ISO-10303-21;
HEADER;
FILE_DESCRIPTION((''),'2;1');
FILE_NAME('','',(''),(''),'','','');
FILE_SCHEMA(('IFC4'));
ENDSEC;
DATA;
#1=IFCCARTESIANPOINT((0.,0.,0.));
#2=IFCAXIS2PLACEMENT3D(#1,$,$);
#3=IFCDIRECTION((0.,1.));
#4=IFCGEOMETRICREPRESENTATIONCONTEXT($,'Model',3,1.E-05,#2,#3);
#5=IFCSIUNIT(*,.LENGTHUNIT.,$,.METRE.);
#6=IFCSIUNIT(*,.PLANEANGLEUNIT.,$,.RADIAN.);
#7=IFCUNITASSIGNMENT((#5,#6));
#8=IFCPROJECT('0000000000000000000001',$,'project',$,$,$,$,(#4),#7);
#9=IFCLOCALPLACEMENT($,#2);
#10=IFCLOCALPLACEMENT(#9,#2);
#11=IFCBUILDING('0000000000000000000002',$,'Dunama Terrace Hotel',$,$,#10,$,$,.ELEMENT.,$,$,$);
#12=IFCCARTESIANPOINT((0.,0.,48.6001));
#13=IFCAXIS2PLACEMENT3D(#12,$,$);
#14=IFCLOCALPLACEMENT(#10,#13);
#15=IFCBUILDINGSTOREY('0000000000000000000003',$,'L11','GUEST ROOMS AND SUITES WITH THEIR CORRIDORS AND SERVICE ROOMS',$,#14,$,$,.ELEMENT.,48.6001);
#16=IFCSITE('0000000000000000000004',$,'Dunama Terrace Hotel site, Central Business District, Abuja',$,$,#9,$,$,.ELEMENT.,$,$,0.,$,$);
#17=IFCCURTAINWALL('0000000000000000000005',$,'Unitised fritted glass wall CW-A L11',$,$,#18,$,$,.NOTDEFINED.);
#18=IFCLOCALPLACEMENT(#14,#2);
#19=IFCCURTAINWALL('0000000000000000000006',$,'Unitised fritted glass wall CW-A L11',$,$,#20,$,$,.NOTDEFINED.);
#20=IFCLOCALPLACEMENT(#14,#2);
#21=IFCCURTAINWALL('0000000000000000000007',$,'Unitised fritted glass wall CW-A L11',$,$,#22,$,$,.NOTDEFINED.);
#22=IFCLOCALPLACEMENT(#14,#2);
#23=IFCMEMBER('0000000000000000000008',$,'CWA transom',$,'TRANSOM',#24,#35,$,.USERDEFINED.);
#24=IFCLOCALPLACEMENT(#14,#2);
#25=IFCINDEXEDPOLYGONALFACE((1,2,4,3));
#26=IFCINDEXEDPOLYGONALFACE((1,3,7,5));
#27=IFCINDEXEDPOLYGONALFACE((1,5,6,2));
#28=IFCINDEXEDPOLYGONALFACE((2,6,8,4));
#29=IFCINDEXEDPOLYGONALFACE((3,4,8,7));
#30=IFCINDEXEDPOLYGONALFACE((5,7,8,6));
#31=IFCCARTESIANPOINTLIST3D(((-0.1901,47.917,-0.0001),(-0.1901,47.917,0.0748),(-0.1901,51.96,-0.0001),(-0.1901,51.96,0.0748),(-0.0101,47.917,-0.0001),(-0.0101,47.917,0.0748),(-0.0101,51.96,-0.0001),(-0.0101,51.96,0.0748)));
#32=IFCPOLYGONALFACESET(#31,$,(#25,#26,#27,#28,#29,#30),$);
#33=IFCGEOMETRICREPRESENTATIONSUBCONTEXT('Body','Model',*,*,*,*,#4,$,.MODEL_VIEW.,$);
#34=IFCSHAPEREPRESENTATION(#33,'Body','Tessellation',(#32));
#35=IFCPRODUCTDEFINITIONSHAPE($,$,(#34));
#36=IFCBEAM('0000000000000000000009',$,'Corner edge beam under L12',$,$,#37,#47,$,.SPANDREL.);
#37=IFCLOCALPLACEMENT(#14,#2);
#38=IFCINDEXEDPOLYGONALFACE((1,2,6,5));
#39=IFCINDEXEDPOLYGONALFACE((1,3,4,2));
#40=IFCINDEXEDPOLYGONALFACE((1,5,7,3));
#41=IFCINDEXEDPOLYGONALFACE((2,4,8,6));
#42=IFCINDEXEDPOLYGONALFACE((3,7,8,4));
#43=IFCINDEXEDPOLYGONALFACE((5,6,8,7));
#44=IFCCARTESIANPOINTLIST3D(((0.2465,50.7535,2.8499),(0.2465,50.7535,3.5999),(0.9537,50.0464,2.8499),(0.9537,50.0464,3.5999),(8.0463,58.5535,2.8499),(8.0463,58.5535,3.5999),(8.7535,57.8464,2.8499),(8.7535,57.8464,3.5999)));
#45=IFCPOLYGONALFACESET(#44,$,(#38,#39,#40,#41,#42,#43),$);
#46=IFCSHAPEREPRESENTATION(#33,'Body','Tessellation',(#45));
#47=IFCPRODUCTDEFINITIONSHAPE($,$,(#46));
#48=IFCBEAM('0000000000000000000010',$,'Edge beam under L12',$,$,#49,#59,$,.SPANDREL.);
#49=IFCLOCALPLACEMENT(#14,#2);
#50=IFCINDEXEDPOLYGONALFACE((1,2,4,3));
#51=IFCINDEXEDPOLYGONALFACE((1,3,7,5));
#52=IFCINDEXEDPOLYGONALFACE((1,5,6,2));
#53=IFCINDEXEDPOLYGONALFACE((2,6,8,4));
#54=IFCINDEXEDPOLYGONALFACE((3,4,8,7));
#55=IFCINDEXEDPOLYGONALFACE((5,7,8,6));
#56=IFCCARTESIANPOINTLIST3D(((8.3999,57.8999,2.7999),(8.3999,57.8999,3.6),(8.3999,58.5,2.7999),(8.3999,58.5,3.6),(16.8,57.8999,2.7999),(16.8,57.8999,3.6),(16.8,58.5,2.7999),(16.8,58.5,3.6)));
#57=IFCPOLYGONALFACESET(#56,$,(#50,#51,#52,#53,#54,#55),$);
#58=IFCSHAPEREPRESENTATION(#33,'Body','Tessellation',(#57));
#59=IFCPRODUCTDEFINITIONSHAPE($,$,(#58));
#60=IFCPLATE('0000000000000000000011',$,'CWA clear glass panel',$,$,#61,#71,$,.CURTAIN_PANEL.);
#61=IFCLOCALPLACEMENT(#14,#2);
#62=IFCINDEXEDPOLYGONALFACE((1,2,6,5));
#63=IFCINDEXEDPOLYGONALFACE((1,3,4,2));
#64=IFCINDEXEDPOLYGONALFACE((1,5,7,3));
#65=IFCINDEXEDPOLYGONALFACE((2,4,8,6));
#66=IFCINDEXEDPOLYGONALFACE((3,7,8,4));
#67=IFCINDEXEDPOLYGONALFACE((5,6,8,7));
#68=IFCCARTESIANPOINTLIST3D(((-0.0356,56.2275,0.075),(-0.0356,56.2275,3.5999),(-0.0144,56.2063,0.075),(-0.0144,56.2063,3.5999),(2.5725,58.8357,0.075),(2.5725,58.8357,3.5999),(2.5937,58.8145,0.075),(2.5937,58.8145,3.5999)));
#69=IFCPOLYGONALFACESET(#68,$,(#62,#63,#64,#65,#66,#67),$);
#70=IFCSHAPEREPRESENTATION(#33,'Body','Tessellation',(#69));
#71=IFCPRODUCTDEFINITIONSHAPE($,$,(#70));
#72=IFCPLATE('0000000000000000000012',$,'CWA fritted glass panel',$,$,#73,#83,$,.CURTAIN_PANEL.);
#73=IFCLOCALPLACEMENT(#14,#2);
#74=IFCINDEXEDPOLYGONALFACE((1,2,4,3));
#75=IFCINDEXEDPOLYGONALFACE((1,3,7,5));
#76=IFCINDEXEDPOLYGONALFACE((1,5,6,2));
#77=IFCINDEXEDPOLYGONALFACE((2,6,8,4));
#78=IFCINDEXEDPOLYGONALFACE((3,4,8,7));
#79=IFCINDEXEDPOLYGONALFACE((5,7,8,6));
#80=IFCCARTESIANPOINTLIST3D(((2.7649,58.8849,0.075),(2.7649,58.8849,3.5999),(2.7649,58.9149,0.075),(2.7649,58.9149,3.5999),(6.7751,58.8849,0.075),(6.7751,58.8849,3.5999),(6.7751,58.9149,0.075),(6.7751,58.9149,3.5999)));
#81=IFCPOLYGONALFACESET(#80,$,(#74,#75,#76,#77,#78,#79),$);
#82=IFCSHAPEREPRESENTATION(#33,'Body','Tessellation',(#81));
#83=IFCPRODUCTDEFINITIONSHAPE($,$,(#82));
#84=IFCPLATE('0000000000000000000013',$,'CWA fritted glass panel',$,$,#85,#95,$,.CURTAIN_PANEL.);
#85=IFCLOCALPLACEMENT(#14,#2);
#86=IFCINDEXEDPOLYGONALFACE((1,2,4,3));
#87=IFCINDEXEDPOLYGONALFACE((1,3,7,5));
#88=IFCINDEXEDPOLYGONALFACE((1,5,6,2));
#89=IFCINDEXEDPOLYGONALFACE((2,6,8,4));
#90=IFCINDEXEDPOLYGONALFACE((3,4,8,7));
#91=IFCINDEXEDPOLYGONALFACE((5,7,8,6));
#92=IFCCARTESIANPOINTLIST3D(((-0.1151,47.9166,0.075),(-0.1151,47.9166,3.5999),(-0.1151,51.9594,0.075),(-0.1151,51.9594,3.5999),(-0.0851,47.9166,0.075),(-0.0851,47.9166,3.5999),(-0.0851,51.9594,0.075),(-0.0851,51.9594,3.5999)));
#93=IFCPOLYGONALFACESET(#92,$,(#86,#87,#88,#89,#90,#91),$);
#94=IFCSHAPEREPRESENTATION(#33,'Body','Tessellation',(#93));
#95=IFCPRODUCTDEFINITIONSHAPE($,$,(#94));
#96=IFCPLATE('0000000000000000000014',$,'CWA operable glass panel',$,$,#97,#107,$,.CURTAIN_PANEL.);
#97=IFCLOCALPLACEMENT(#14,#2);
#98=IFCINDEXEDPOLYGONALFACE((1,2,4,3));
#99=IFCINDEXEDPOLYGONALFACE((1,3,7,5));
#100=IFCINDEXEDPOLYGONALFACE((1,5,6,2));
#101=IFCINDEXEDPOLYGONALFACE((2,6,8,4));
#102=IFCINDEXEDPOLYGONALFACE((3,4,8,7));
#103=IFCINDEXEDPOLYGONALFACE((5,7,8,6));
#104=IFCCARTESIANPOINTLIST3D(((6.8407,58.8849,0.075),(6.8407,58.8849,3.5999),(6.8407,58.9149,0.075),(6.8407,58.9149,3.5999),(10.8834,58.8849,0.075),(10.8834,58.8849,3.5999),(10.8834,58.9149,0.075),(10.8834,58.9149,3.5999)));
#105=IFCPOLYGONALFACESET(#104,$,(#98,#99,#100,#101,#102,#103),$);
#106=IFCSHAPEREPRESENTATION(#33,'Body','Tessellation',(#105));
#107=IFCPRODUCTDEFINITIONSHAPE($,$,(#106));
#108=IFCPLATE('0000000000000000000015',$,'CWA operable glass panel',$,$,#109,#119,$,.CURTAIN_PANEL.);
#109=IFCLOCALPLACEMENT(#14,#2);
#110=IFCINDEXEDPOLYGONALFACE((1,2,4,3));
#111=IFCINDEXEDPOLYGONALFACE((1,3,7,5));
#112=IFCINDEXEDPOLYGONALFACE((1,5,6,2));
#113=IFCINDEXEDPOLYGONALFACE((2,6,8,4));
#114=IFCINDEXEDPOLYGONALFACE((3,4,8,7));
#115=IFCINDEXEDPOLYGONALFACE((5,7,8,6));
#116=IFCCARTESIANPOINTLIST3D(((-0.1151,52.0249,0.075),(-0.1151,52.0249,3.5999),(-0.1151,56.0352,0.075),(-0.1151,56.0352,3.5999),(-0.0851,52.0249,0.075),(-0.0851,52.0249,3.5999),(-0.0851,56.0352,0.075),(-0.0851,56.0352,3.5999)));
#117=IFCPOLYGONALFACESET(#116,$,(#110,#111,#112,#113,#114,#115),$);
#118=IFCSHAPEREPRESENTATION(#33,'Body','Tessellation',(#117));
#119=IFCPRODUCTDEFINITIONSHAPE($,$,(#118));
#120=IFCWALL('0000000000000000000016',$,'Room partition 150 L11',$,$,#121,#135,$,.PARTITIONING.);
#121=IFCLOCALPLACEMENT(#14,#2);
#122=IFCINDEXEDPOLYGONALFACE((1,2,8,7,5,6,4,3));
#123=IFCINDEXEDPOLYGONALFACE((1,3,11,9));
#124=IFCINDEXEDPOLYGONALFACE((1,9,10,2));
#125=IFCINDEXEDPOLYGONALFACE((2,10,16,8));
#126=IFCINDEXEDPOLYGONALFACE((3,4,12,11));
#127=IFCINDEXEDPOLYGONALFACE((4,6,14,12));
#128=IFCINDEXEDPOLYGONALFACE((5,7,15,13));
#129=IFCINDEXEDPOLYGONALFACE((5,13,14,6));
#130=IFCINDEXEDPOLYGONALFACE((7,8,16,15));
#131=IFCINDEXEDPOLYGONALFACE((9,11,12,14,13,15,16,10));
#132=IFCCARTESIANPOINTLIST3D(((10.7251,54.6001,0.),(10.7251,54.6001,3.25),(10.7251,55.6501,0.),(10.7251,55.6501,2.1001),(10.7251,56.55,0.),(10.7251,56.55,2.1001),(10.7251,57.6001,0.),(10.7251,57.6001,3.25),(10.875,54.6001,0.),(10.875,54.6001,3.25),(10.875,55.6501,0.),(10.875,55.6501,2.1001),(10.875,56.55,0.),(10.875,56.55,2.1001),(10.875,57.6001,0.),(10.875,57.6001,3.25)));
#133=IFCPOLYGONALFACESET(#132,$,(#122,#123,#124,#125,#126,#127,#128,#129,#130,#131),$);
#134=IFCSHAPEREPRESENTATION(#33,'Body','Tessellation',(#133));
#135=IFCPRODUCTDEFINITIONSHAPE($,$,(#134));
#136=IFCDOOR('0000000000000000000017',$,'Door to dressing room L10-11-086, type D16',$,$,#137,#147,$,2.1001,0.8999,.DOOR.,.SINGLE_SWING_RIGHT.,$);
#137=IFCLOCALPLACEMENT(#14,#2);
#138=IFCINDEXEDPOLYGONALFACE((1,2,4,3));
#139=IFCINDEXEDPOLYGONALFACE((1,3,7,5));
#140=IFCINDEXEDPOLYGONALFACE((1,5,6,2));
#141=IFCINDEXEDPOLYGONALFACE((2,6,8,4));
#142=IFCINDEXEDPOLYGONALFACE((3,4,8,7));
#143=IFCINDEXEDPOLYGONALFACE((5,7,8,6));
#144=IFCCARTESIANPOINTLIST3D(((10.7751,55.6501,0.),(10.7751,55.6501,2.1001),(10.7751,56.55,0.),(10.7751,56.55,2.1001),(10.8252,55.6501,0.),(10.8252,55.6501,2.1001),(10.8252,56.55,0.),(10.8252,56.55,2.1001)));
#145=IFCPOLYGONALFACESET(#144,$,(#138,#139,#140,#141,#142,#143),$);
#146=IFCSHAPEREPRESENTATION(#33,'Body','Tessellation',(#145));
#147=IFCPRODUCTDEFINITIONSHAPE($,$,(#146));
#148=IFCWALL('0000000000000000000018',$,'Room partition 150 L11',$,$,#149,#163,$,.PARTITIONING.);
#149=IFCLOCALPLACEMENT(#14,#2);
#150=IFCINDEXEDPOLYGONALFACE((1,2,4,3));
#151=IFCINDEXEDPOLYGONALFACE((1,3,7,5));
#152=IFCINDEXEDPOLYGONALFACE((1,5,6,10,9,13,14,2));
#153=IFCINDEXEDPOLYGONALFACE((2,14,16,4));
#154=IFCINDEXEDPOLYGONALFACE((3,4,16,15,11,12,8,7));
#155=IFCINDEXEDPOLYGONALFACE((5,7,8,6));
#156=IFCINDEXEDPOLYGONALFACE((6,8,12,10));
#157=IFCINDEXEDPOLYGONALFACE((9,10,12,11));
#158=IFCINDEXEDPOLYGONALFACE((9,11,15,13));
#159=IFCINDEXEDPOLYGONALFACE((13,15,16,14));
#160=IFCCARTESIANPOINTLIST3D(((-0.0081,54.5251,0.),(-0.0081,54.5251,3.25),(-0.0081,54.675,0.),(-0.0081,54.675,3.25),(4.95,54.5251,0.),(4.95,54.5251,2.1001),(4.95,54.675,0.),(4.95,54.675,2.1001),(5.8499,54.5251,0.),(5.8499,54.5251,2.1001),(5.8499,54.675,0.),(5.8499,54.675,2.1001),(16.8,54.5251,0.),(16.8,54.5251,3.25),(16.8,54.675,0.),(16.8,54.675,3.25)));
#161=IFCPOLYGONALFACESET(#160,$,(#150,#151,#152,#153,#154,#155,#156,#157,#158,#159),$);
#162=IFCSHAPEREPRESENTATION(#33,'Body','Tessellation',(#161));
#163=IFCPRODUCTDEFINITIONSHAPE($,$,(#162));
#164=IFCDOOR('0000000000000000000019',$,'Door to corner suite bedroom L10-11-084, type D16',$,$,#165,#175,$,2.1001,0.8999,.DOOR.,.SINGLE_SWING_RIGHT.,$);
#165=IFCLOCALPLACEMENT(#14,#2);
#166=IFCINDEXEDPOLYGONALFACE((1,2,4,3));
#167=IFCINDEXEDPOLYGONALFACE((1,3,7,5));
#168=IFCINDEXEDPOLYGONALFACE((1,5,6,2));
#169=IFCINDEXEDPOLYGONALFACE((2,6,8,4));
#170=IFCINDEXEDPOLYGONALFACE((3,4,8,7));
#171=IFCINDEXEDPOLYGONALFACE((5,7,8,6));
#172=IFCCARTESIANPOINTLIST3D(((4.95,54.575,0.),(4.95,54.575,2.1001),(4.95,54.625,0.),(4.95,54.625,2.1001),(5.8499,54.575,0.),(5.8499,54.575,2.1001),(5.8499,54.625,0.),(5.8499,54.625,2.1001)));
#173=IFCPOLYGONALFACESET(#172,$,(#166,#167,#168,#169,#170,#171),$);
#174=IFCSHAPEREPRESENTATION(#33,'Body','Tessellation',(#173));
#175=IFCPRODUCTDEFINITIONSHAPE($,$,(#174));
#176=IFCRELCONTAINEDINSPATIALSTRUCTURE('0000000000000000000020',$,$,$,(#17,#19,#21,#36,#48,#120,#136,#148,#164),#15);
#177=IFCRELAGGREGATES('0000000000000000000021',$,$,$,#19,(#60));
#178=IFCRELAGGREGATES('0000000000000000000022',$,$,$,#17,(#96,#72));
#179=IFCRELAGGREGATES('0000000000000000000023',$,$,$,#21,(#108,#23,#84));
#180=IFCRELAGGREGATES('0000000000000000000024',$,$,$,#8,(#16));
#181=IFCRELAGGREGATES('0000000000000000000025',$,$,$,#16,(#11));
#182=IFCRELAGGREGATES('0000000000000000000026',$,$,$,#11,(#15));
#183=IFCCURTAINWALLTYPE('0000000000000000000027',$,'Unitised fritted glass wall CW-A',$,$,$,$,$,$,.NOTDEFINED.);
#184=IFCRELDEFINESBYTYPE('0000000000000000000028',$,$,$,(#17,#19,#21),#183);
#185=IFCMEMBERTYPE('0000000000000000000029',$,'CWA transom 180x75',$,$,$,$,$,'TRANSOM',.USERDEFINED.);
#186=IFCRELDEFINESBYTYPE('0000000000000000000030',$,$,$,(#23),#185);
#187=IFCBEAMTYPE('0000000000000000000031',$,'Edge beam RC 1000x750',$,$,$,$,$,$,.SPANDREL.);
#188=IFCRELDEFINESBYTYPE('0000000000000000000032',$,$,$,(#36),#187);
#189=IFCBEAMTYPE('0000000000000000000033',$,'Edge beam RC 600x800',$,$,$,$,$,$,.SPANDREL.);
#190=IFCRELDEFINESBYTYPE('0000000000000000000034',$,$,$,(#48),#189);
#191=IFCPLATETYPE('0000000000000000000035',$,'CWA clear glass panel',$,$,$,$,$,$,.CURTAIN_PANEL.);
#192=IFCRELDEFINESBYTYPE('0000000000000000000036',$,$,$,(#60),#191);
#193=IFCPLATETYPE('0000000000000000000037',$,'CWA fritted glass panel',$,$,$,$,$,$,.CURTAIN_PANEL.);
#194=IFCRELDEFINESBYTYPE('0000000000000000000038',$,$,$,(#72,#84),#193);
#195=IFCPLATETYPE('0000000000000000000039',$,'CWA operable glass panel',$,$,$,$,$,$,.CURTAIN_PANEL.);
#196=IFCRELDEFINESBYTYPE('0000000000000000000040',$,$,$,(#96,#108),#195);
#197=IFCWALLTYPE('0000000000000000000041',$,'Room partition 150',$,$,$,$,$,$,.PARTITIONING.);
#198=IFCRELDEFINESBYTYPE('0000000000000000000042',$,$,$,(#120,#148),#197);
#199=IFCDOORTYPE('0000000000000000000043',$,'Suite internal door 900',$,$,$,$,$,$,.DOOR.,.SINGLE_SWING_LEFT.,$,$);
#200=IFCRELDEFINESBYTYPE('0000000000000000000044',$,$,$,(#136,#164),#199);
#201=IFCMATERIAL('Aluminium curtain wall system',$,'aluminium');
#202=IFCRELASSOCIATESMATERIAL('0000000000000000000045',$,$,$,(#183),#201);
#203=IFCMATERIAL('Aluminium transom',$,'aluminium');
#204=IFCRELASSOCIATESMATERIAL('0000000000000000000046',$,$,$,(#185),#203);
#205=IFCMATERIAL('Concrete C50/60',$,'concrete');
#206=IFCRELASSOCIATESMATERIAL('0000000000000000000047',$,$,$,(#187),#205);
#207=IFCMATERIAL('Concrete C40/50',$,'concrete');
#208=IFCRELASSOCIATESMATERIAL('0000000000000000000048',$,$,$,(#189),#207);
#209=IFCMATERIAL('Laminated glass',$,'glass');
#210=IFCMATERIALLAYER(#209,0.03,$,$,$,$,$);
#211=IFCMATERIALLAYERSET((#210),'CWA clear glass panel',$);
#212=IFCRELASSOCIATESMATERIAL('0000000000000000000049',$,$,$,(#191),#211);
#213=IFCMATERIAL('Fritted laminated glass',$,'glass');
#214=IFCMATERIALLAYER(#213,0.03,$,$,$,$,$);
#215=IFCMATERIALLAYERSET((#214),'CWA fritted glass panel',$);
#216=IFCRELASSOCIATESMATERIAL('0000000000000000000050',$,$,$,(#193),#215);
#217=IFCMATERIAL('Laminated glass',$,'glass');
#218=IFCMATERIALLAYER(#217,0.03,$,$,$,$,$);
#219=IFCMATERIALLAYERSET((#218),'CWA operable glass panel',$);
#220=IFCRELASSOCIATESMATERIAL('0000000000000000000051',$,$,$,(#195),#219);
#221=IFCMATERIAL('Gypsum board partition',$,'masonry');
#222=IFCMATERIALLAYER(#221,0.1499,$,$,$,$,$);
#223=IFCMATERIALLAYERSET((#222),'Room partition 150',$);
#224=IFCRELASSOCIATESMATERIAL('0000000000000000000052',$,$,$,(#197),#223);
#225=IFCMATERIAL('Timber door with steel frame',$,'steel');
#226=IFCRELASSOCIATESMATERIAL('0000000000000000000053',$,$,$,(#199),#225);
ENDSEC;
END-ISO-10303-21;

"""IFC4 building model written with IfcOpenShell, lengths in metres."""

from ifc_helpers import new_model, si_unit, direction, frame, frame_2d, origin, origin_2d, place, context, subcontext, project, spatial, rectangle, extrude, material, layer, layer_set, material_profile, profile_set, type_object, element, fill, aggregate, save


model = new_model("IFC4")

# Units and contexts
model_context = context("Model", 3, precision=1e-05, world=origin(), true_north=direction((0.0, 1.0)))
body_context = subcontext(model_context, "Body", "Model", "MODEL_VIEW")
ifc_project = project(units=[si_unit("LENGTHUNIT", "METRE"), si_unit("PLANEANGLEUNIT", "RADIAN")], contexts=[model_context])

# Site, building, storey
site_placement = place(None, origin())
site = spatial("IfcSite", under=ifc_project, at=site_placement, Name="Dunama Terrace Hotel site, Central Business District, Abuja", CompositionType="ELEMENT", RefElevation=0.0)
building_placement = place(site_placement, origin())
building = spatial("IfcBuilding", under=site, at=building_placement, Name="Dunama Terrace Hotel", CompositionType="ELEMENT")
storey_placement = place(building_placement, frame((0.0, 0.0, 48.6001)))
storey = spatial("IfcBuildingStorey", under=building, at=storey_placement, Name="L11", Description="GUEST ROOMS AND SUITES WITH THEIR CORRIDORS AND SERVICE ROOMS", CompositionType="ELEMENT", Elevation=48.6001)

# Curtain walls
ifc_material_1 = material(Name="Aluminium curtain wall system", Category="aluminium")
curtain_wall_type = type_object("IfcCurtainWallType", Name="Unitised fritted glass wall CW-A", PredefinedType="NOTDEFINED", material=ifc_material_1)
curtain_wall_1_placement = place(storey_placement, origin())
curtain_wall_1 = element("IfcCurtainWall", 1, at=curtain_wall_1_placement, inside=storey, type_object=curtain_wall_type, Name="Unitised fritted glass wall CW-A L11", PredefinedType="NOTDEFINED")
curtain_wall_2_placement = place(storey_placement, origin())
curtain_wall_2 = element("IfcCurtainWall", 2, at=curtain_wall_2_placement, inside=storey, type_object=curtain_wall_type, Name="Unitised fritted glass wall CW-A L11", PredefinedType="NOTDEFINED")
curtain_wall_3_placement = place(storey_placement, origin())
curtain_wall_3 = element("IfcCurtainWall", 3, at=curtain_wall_3_placement, inside=storey, type_object=curtain_wall_type, Name="Unitised fritted glass wall CW-A L11", PredefinedType="NOTDEFINED")

# Member
ifc_material_2 = material(Name="Aluminium transom", Category="aluminium")
ifc_material_profile_1 = material_profile(ifc_material_2, rectangle(XDim=0.1799, YDim=0.075, at=origin_2d()), Name="CWA TRANSOM 180X75")
ifc_profile_set_1 = profile_set([ifc_material_profile_1], Name="Aluminium transom")
member_type_1 = type_object("IfcMemberType", Name="CWA transom 180x75", ElementType="TRANSOM", PredefinedType="USERDEFINED", material=ifc_profile_set_1)
member_1_placement = place(storey_placement, frame((-0.1001, 51.96, 0.0374), z_axis=(0.0, -1.0, 0.0), x_axis=(1.0, 0.0, 0.0)))
member_1 = element("IfcMember", 4, at=member_1_placement, type_object=member_type_1, Name="CWA transom", ObjectType="TRANSOM", PredefinedType="USERDEFINED", context=body_context, shape_type="SweptSolid", body=[
    extrude(rectangle(XDim=0.1799, YDim=0.075, at=origin_2d()), origin(), (0.0, 0.0, 1.0), 4.043),
])

# Beams
ifc_material_3 = material(Name="Concrete C50/60", Category="concrete")
ifc_material_profile_2 = material_profile(ifc_material_3, rectangle(XDim=1.0, YDim=0.75, at=origin_2d()), Name="RC 1000x750")
ifc_profile_set_2 = profile_set([ifc_material_profile_2], Name="Concrete C50/60")
beam_type_1 = type_object("IfcBeamType", Name="Edge beam RC 1000x750", PredefinedType="SPANDREL", material=ifc_profile_set_2)
beam_1_placement = place(storey_placement, frame((8.3999, 58.2, 3.2249), z_axis=(-0.707096, -0.707118, 0.0), x_axis=(0.707118, -0.707096, 0.0)))
element("IfcBeam", 5, at=beam_1_placement, inside=storey, type_object=beam_type_1, Name="Corner edge beam under L12", PredefinedType="SPANDREL", context=body_context, shape_type="SweptSolid", body=[
    extrude(rectangle(XDim=1.0, YDim=0.75, at=origin_2d()), origin(), (0.0, 0.0, 1.0), 11.0308),
])
ifc_material_4 = material(Name="Concrete C40/50", Category="concrete")
ifc_material_profile_3 = material_profile(ifc_material_4, rectangle(XDim=0.6001, YDim=0.8, at=origin_2d()), Name="RC 600x800")
ifc_profile_set_3 = profile_set([ifc_material_profile_3], Name="Concrete C40/50")
beam_type_2 = type_object("IfcBeamType", Name="Edge beam RC 600x800", PredefinedType="SPANDREL", material=ifc_profile_set_3)
beam_2_placement = place(storey_placement, frame((8.3999, 58.2, 3.2), z_axis=(1.0, 0.0, 0.0), x_axis=(0.0, 1.0, 0.0)))
element("IfcBeam", 6, at=beam_2_placement, inside=storey, type_object=beam_type_2, Name="Edge beam under L12", PredefinedType="SPANDREL", context=body_context, shape_type="SweptSolid", body=[
    extrude(rectangle(XDim=0.6001, YDim=0.8, at=origin_2d()), origin(), (0.0, 0.0, 1.0), 8.4001),
])

# Plates
ifc_material_5 = material(Name="Laminated glass", Category="glass")
ifc_layer_1 = layer(ifc_material_5, 0.03)
ifc_layer_set_1 = layer_set([ifc_layer_1], Name="CWA clear glass panel")
plate_type_1 = type_object("IfcPlateType", Name="CWA clear glass panel", PredefinedType="CURTAIN_PANEL", material=ifc_layer_set_1)
plate_1_placement = place(storey_placement, frame((1.2791, 57.521, 0.075), z_axis=(0.0, 0.0, 1.0), x_axis=(-0.707107, -0.707107, 0.0)))
plate_1 = element("IfcPlate", 7, at=plate_1_placement, type_object=plate_type_1, Name="CWA clear glass panel", PredefinedType="CURTAIN_PANEL", context=body_context, shape_type="SweptSolid", body=[
    extrude(rectangle(XDim=3.6885, YDim=0.03, at=origin_2d()), origin(), (0.0, 0.0, 1.0), 3.5249),
])
aggregate(curtain_wall_2, [plate_1])
ifc_material_6 = material(Name="Fritted laminated glass", Category="glass")
ifc_layer_2 = layer(ifc_material_6, 0.03)
ifc_layer_set_2 = layer_set([ifc_layer_2], Name="CWA fritted glass panel")
plate_type_2 = type_object("IfcPlateType", Name="CWA fritted glass panel", PredefinedType="CURTAIN_PANEL", material=ifc_layer_set_2)
plate_2_placement = place(storey_placement, frame((4.77, 58.8999, 0.075), z_axis=(0.0, 0.0, 1.0), x_axis=(-1.0, 0.0, 0.0)))
plate_2 = element("IfcPlate", 8, at=plate_2_placement, type_object=plate_type_2, Name="CWA fritted glass panel", PredefinedType="CURTAIN_PANEL", context=body_context, shape_type="SweptSolid", body=[
    extrude(rectangle(XDim=4.0103, YDim=0.03, at=origin_2d()), origin(), (0.0, 0.0, 1.0), 3.5249),
])
plate_3_placement = place(storey_placement, frame((-0.1001, 49.938, 0.075), z_axis=(0.0, 0.0, 1.0), x_axis=(0.0, -1.0, 0.0)))
plate_3 = element("IfcPlate", 9, at=plate_3_placement, type_object=plate_type_2, Name="CWA fritted glass panel", PredefinedType="CURTAIN_PANEL", context=body_context, shape_type="SweptSolid", body=[
    extrude(rectangle(XDim=4.0427, YDim=0.03, at=origin_2d()), origin(), (0.0, 0.0, 1.0), 3.5249),
])
ifc_material_7 = material(Name="Laminated glass", Category="glass")
ifc_layer_3 = layer(ifc_material_7, 0.03)
ifc_layer_set_3 = layer_set([ifc_layer_3], Name="CWA operable glass panel")
plate_type_3 = type_object("IfcPlateType", Name="CWA operable glass panel", PredefinedType="CURTAIN_PANEL", material=ifc_layer_set_3)
plate_4_placement = place(storey_placement, frame((8.8621, 58.8999, 0.075), z_axis=(0.0, 0.0, 1.0), x_axis=(-1.0, 0.0, 0.0)))
plate_4 = element("IfcPlate", 10, at=plate_4_placement, type_object=plate_type_3, Name="CWA operable glass panel", PredefinedType="CURTAIN_PANEL", context=body_context, shape_type="SweptSolid", body=[
    extrude(rectangle(XDim=4.0427, YDim=0.03, at=origin_2d()), origin(), (0.0, 0.0, 1.0), 3.5249),
])
aggregate(curtain_wall_1, [plate_4, plate_2])
plate_5_placement = place(storey_placement, frame((-0.1001, 54.03, 0.075), z_axis=(0.0, 0.0, 1.0), x_axis=(0.0, -1.0, 0.0)))
plate_5 = element("IfcPlate", 11, at=plate_5_placement, type_object=plate_type_3, Name="CWA operable glass panel", PredefinedType="CURTAIN_PANEL", context=body_context, shape_type="SweptSolid", body=[
    extrude(rectangle(XDim=4.0103, YDim=0.03, at=origin_2d()), origin(), (0.0, 0.0, 1.0), 3.5249),
])
aggregate(curtain_wall_3, [plate_5, member_1, plate_3])

# Walls, openings, doors
ifc_material_8 = material(Name="Gypsum board partition", Category="masonry")
ifc_layer_4 = layer(ifc_material_8, 0.1499)
ifc_layer_set_4 = layer_set([ifc_layer_4], Name="Room partition 150")
wall_type = type_object("IfcWallType", Name="Room partition 150", PredefinedType="PARTITIONING", material=ifc_layer_set_4)
wall_1_placement = place(storey_placement, frame((10.8, 54.6001, 0.0), z_axis=(0.0, 0.0, 1.0), x_axis=(0.0, 1.0, 0.0)))
wall_1 = element("IfcWall", 12, at=wall_1_placement, inside=storey, type_object=wall_type, Name="Room partition 150 L11", PredefinedType="PARTITIONING", context=body_context, shape_type="SweptSolid", body=[
    extrude(rectangle(XDim=3.0, YDim=0.1499, at=frame_2d((1.5, 0.0))), origin(), (0.0, 0.0, 1.0), 3.25),
])
opening_1_placement = place(wall_1_placement, frame((1.05, 0.0, 0.0)))
opening_1 = element("IfcOpeningElement", 13, at=opening_1_placement, cuts=wall_1, PredefinedType="OPENING", context=body_context, shape_type="SweptSolid", body=[
    extrude(rectangle(XDim=0.8999, YDim=2.1001, at=frame_2d((0.45, 1.05))), frame((0.0, 0.085, 0.0), z_axis=(0.0, -1.0, 0.0), x_axis=(1.0, 0.0, 0.0)), (0.0, 0.0, 1.0), 0.1699),
])
ifc_material_9 = material(Name="Timber door with steel frame", Category="steel")
door_type = type_object("IfcDoorType", Name="Suite internal door 900", OperationType="SINGLE_SWING_LEFT", PredefinedType="DOOR", material=ifc_material_9)
door_1_placement = place(opening_1_placement, frame((0.8999, 0.0, 0.0), z_axis=(0.0, 0.0, 1.0), x_axis=(-1.0, 0.0, 0.0)))
door_1 = element("IfcDoor", 14, at=door_1_placement, inside=storey, type_object=door_type, Name="Door to dressing room L10-11-086, type D16", OperationType="SINGLE_SWING_RIGHT", OverallHeight=2.1001, OverallWidth=0.8999, PredefinedType="DOOR", context=body_context, shape_type="SweptSolid", body=[
    extrude(rectangle(XDim=0.8999, YDim=2.1001, at=frame_2d((0.45, 1.05))), frame((0.0, 0.0251, 0.0), z_axis=(0.0, -1.0, 0.0), x_axis=(1.0, 0.0, 0.0)), (0.0, 0.0, 1.0), 0.05),
])
fill(opening_1, door_1)
wall_2_placement = place(storey_placement, frame((-0.0081, 54.6001, 0.0), z_axis=(0.0, 0.0, 1.0), x_axis=(1.0, 0.0, 0.0)))
wall_2 = element("IfcWall", 15, at=wall_2_placement, inside=storey, type_object=wall_type, Name="Room partition 150 L11", PredefinedType="PARTITIONING", context=body_context, shape_type="SweptSolid", body=[
    extrude(rectangle(XDim=16.8081, YDim=0.1499, at=frame_2d((8.4041, 0.0))), origin(), (0.0, 0.0, 1.0), 3.25),
])
opening_2_placement = place(wall_2_placement, frame((4.958, 0.0, 0.0)))
opening_2 = element("IfcOpeningElement", 16, at=opening_2_placement, cuts=wall_2, PredefinedType="OPENING", context=body_context, shape_type="SweptSolid", body=[
    extrude(rectangle(XDim=0.8999, YDim=2.1001, at=frame_2d((0.45, 1.05))), frame((0.0, 0.085, 0.0), z_axis=(0.0, -1.0, 0.0), x_axis=(1.0, 0.0, 0.0)), (0.0, 0.0, 1.0), 0.1699),
])
door_2_placement = place(opening_2_placement, origin())
door_2 = element("IfcDoor", 17, at=door_2_placement, inside=storey, type_object=door_type, Name="Door to corner suite bedroom L10-11-084, type D16", OperationType="SINGLE_SWING_RIGHT", OverallHeight=2.1001, OverallWidth=0.8999, PredefinedType="DOOR", context=body_context, shape_type="SweptSolid", body=[
    extrude(rectangle(XDim=0.8999, YDim=2.1001, at=frame_2d((0.45, 1.05))), frame((0.0, 0.0249, 0.0), z_axis=(0.0, -1.0, 0.0), x_axis=(1.0, 0.0, 0.0)), (0.0, 0.0, 1.0), 0.05),
])
fill(opening_2, door_2)

save(model, "model.ifc")
